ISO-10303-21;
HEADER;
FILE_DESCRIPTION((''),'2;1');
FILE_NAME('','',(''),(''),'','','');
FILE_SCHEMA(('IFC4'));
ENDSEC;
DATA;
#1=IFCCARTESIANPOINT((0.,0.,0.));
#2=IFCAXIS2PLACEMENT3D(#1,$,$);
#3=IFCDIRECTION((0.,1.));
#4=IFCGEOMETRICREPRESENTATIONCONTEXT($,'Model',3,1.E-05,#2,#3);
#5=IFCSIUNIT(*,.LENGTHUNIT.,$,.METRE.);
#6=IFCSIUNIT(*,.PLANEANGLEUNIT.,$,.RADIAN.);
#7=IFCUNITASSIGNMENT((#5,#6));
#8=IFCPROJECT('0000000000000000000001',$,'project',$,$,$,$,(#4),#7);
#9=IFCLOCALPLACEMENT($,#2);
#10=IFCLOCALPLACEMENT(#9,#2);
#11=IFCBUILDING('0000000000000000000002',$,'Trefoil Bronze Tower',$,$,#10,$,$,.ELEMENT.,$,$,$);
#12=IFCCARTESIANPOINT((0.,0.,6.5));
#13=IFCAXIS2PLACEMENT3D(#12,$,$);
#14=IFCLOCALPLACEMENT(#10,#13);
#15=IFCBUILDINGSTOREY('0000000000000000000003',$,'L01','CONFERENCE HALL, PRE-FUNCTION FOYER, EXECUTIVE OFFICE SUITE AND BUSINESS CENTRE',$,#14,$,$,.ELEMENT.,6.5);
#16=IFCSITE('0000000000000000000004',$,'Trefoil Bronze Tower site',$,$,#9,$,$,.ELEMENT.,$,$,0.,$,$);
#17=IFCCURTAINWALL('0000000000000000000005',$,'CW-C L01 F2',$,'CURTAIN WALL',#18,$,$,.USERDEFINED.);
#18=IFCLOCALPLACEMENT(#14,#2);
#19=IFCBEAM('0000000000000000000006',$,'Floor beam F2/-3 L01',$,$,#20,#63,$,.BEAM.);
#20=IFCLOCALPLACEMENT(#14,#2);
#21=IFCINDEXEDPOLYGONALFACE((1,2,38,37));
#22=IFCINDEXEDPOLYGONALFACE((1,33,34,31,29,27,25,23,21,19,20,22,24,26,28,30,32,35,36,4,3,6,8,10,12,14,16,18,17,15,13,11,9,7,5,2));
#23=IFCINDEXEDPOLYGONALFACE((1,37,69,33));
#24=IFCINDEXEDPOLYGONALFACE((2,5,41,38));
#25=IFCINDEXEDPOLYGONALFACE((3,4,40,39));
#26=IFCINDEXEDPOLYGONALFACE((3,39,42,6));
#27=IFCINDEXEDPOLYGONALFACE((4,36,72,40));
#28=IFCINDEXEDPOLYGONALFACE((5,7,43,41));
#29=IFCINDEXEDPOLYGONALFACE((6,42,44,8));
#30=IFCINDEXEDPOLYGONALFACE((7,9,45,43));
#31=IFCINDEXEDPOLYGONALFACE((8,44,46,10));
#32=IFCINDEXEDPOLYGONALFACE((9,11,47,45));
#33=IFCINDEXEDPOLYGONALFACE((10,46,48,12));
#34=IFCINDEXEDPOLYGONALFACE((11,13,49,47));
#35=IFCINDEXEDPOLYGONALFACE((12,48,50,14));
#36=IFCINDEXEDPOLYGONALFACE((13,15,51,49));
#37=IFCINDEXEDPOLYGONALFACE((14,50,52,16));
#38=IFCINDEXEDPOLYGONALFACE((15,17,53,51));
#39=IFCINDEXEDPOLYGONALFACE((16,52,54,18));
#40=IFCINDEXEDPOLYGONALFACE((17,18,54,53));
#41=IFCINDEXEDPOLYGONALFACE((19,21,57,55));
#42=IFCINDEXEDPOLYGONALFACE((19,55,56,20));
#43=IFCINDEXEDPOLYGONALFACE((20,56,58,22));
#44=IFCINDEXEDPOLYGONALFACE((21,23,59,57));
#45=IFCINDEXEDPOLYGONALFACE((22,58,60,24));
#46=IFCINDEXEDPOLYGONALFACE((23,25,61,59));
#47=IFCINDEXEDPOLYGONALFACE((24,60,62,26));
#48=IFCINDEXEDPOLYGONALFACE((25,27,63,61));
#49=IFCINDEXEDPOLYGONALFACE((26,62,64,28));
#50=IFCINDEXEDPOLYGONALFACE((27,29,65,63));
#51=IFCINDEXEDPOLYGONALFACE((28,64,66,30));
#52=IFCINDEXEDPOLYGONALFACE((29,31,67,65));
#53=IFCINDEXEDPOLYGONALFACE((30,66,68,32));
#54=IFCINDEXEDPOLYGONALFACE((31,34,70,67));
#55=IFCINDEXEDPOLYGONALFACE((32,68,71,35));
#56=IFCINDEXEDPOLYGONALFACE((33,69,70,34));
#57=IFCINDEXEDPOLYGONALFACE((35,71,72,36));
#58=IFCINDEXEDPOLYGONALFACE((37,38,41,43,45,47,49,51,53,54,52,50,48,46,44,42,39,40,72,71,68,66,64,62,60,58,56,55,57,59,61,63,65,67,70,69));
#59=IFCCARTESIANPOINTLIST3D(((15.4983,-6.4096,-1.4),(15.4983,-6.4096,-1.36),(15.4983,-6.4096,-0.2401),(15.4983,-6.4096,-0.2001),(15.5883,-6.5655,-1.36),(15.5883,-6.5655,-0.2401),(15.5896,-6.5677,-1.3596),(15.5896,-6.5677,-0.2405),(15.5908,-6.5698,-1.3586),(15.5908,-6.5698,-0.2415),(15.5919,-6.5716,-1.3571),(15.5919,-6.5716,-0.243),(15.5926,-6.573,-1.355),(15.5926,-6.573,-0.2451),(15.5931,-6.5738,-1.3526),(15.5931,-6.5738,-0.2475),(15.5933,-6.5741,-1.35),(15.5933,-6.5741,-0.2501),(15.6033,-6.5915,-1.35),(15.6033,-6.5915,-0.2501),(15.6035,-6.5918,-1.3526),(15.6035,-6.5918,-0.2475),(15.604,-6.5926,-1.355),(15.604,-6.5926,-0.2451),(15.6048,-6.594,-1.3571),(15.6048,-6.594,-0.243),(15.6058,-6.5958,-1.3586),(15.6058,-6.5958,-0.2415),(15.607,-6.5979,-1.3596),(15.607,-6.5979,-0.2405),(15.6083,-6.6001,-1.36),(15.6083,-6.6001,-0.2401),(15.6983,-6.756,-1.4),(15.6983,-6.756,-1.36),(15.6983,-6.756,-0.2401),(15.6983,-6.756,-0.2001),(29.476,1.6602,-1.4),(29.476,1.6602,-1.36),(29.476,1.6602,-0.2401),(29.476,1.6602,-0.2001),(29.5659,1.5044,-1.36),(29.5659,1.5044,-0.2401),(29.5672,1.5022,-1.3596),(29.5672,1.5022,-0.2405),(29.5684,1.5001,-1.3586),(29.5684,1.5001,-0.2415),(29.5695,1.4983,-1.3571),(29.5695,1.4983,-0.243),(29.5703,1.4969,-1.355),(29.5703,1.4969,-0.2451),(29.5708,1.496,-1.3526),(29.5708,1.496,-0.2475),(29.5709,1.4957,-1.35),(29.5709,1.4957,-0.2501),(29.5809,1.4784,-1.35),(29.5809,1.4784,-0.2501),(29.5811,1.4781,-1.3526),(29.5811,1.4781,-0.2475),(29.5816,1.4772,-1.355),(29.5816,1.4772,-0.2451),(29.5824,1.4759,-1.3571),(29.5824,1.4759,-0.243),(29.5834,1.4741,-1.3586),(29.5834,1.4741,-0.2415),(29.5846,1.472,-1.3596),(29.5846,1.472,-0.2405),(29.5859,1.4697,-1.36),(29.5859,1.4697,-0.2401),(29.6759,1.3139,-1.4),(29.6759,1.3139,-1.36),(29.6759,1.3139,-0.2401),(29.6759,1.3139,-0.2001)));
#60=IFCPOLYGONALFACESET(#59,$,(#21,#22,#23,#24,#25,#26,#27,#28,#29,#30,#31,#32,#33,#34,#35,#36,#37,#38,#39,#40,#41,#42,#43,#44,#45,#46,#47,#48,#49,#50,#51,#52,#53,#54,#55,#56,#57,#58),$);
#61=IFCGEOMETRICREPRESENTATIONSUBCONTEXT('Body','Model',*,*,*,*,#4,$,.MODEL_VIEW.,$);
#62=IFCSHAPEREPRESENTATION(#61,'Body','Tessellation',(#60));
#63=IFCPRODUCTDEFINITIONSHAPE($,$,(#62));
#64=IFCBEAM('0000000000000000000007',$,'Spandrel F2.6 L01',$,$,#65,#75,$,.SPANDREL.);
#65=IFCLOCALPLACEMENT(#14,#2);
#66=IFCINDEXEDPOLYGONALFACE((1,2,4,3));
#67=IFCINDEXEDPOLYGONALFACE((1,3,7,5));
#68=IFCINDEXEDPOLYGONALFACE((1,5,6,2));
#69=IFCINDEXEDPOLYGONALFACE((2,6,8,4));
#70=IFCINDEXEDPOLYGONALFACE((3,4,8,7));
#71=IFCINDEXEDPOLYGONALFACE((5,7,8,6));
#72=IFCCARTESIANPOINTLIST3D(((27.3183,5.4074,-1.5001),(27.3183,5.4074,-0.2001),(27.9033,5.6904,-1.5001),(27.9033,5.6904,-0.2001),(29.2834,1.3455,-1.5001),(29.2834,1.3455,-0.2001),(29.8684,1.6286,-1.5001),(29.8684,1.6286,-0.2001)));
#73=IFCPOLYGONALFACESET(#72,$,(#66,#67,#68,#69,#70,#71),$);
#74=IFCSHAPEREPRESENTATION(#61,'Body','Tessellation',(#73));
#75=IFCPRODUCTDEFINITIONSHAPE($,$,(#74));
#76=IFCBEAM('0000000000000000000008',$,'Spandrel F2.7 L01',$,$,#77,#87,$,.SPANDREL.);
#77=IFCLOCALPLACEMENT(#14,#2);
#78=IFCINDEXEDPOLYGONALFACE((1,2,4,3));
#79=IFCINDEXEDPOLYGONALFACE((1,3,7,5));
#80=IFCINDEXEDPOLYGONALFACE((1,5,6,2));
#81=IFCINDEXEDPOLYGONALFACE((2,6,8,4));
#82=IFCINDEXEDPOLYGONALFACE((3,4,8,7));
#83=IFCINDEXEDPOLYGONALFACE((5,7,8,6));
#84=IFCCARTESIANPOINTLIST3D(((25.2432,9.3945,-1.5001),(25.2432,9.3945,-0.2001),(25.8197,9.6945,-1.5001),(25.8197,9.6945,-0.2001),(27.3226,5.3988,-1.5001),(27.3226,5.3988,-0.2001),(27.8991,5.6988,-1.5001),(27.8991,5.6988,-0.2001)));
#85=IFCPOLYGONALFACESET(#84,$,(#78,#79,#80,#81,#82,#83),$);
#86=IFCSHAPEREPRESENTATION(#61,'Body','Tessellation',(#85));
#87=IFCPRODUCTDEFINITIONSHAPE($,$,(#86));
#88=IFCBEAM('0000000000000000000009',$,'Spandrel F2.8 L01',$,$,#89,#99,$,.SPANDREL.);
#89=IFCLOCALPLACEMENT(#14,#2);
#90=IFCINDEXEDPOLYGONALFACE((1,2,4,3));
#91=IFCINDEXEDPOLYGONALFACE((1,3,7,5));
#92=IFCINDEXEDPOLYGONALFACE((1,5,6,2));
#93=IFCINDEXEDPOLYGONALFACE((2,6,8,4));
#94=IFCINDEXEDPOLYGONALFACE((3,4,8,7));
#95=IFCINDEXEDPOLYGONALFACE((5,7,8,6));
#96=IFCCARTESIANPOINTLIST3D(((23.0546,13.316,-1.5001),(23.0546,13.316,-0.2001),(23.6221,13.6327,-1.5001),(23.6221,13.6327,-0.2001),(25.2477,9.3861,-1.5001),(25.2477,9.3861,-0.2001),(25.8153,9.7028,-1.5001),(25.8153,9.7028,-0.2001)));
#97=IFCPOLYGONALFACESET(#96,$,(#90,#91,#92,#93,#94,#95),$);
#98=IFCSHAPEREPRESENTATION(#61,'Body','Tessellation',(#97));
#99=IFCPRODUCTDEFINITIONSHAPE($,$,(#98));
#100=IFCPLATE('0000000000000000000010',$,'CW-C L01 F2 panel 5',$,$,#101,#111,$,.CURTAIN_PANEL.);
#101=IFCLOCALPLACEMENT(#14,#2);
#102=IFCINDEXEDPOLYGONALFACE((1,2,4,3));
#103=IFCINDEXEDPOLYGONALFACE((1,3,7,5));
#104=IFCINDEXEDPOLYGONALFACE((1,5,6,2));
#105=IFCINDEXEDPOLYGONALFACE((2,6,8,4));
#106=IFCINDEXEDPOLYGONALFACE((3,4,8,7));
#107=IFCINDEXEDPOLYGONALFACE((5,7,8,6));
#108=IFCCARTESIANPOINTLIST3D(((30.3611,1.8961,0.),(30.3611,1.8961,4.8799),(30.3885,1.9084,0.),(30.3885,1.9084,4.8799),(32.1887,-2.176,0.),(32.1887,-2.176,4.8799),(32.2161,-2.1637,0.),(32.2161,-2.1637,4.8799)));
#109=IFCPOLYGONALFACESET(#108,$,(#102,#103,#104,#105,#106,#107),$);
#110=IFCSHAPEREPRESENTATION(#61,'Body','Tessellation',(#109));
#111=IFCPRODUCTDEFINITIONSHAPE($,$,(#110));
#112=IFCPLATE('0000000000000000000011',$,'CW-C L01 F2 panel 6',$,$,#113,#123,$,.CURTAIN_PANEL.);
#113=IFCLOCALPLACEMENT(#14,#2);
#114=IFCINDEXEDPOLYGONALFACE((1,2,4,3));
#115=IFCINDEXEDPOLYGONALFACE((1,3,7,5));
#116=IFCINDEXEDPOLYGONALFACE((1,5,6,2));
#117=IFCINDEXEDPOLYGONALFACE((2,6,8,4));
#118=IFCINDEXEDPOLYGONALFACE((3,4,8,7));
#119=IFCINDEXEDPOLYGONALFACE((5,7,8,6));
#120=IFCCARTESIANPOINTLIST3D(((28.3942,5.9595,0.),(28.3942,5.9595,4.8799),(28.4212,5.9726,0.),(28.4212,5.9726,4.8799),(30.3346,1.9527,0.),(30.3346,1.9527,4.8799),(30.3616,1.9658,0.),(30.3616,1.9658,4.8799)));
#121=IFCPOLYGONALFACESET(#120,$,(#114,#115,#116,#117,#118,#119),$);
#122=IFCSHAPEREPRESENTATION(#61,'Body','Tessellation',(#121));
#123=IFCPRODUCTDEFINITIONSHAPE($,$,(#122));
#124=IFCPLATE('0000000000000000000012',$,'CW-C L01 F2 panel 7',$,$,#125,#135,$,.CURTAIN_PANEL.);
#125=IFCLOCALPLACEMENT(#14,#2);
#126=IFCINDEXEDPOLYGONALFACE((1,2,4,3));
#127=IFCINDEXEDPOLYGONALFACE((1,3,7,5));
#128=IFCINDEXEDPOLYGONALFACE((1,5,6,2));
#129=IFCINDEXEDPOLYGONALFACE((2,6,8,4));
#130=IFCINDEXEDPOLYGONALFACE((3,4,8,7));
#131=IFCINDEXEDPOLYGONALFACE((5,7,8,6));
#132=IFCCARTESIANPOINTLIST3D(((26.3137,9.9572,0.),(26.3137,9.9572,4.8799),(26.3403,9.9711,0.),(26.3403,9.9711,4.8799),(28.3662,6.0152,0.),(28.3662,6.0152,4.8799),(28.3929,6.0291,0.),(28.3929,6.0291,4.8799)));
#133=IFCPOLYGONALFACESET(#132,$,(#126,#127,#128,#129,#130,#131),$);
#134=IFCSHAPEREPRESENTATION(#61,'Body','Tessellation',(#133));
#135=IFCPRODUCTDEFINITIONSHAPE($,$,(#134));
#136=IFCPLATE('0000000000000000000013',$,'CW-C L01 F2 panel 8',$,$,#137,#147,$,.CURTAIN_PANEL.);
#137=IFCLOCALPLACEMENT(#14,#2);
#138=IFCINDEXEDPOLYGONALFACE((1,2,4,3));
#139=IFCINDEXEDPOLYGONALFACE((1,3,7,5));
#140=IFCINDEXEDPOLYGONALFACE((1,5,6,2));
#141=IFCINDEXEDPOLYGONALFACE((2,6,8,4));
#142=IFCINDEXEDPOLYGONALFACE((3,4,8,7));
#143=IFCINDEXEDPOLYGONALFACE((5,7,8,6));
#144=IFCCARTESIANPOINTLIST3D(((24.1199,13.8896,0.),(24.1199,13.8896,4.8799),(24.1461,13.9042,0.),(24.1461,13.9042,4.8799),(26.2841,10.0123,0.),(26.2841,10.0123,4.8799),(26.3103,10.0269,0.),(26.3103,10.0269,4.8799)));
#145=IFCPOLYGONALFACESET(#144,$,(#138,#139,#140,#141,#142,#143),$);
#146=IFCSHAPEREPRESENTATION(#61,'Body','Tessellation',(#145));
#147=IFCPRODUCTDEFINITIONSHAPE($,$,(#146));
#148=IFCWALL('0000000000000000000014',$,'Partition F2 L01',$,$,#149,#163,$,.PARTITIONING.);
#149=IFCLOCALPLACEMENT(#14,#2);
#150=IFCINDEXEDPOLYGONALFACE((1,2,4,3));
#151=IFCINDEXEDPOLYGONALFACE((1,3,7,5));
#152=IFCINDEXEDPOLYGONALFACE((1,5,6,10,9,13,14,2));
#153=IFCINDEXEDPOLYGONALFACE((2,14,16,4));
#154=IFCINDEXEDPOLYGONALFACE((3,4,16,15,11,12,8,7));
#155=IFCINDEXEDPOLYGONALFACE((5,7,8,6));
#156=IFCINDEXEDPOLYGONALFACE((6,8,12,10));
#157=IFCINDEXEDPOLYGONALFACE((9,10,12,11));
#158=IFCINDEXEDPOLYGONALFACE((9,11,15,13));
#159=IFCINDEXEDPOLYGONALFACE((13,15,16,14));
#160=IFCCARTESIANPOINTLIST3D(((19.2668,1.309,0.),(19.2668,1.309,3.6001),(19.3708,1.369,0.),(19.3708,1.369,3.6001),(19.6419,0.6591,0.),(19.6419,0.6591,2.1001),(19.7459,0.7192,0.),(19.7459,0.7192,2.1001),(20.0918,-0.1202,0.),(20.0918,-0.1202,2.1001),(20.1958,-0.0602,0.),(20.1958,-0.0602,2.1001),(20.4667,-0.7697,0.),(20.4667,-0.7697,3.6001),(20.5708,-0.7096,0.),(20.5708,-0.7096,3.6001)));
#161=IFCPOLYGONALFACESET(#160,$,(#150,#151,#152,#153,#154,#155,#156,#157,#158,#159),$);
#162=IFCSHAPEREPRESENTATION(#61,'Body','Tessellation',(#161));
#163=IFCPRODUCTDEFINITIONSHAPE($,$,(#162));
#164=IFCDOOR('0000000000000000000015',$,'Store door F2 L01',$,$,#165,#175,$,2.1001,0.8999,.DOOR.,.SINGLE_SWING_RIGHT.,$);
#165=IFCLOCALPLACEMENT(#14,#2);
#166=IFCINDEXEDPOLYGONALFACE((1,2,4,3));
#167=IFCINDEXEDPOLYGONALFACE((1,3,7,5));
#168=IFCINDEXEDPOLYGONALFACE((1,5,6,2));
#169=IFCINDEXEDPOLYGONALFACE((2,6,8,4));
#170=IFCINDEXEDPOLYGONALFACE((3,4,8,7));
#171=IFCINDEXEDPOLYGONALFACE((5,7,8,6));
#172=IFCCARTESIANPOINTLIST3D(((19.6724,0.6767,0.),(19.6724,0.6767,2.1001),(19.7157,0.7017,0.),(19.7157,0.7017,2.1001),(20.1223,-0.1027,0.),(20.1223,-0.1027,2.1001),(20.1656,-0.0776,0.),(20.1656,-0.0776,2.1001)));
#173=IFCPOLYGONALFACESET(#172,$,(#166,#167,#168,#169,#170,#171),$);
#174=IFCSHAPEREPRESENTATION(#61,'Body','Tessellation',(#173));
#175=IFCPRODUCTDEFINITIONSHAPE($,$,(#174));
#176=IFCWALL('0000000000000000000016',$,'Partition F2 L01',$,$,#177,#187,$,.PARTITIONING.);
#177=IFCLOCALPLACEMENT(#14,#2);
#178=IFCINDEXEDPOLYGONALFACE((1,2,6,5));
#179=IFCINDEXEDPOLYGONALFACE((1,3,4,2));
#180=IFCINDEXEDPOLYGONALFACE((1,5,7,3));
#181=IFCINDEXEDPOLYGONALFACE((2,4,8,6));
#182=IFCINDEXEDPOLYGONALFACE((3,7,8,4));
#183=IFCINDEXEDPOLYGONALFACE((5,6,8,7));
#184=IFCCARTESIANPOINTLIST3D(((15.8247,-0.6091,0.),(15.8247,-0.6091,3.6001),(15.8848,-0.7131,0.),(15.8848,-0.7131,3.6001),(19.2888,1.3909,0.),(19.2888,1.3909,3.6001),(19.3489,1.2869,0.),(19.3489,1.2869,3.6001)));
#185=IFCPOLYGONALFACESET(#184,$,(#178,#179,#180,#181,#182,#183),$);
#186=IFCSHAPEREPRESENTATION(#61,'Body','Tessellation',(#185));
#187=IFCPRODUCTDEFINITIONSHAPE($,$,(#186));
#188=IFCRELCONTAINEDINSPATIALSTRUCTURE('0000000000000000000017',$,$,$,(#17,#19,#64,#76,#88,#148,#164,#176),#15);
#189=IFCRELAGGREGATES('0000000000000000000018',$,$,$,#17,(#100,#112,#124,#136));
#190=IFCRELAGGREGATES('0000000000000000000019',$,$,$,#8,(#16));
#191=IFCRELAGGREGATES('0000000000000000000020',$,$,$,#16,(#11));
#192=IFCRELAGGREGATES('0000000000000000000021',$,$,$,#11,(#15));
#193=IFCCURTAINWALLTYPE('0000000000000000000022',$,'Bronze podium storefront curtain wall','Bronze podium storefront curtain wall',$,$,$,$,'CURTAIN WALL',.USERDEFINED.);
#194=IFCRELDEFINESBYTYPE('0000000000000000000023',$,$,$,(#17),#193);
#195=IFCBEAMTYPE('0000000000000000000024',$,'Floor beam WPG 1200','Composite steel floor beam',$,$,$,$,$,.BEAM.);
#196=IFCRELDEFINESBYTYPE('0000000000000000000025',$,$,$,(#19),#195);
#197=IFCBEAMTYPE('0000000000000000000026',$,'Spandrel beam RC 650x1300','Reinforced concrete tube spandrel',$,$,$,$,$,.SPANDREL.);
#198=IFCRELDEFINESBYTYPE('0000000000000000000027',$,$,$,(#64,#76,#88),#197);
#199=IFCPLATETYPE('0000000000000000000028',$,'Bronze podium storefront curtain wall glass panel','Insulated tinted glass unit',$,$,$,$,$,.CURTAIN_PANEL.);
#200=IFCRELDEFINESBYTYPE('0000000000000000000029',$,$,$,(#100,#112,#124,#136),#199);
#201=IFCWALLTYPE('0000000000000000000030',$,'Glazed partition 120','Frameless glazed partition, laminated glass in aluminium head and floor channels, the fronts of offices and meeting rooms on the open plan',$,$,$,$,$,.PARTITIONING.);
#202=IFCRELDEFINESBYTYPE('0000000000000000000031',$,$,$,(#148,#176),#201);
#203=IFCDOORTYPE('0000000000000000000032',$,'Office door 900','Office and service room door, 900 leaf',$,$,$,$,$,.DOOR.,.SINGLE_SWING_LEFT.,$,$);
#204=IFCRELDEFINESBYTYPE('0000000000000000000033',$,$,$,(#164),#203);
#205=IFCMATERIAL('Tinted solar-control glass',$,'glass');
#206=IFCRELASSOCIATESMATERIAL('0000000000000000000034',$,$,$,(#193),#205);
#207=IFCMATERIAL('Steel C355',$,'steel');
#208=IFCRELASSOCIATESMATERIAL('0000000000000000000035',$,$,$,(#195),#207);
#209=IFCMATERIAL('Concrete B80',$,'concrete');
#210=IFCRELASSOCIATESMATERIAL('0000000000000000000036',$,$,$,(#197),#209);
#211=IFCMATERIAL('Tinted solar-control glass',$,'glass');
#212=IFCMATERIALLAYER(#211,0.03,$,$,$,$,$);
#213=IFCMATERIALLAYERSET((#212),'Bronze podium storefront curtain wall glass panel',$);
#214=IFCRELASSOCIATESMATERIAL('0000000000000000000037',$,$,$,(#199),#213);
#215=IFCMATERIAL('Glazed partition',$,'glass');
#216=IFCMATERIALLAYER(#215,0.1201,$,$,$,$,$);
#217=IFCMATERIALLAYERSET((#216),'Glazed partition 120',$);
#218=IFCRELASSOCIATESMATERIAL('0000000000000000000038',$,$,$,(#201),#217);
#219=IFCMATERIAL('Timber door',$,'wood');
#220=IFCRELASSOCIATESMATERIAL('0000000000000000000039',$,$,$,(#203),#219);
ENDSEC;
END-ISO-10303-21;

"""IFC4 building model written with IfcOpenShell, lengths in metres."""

from ifc_helpers import new_model, si_unit, direction, frame, frame_2d, origin, origin_2d, place, context, subcontext, project, spatial, rectangle, i_section, extrude, material, layer, layer_set, material_profile, profile_set, type_object, element, fill, aggregate, save


model = new_model("IFC4")

# Units and contexts
model_context = context("Model", 3, precision=1e-05, world=origin(), true_north=direction((0.0, 1.0)))
body_context = subcontext(model_context, "Body", "Model", "MODEL_VIEW")
ifc_project = project(units=[si_unit("LENGTHUNIT", "METRE"), si_unit("PLANEANGLEUNIT", "RADIAN")], contexts=[model_context])

# Site, building, storey
site_placement = place(None, origin())
site = spatial("IfcSite", under=ifc_project, at=site_placement, Name="Trefoil Bronze Tower site", CompositionType="ELEMENT", RefElevation=0.0)
building_placement = place(site_placement, origin())
building = spatial("IfcBuilding", under=site, at=building_placement, Name="Trefoil Bronze Tower", CompositionType="ELEMENT")
storey_placement = place(building_placement, frame((0.0, 0.0, 6.5)))
storey = spatial("IfcBuildingStorey", under=building, at=storey_placement, Name="L01", Description="CONFERENCE HALL, PRE-FUNCTION FOYER, EXECUTIVE OFFICE SUITE AND BUSINESS CENTRE", CompositionType="ELEMENT", Elevation=6.5)

# Curtain wall
ifc_material_1 = material(Name="Tinted solar-control glass", Category="glass")
curtain_wall_type = type_object("IfcCurtainWallType", Name="Bronze podium storefront curtain wall", Description="Bronze podium storefront curtain wall", ElementType="CURTAIN WALL", PredefinedType="USERDEFINED", material=ifc_material_1)
curtain_wall_placement = place(storey_placement, origin())
curtain_wall = element("IfcCurtainWall", 1, at=curtain_wall_placement, inside=storey, type_object=curtain_wall_type, Name="CW-C L01 F2", ObjectType="CURTAIN WALL", PredefinedType="USERDEFINED")

# Beams
ifc_material_2 = material(Name="Steel C355", Category="steel")
ifc_material_profile_1 = material_profile(ifc_material_2, i_section(OverallWidth=0.3999, OverallDepth=1.2, WebThickness=0.02, FlangeThickness=0.04, FilletRadius=0.01, at=origin_2d()), Name="WPG 1200")
ifc_profile_set_1 = profile_set([ifc_material_profile_1], Name="Steel C355")
beam_type_1 = type_object("IfcBeamType", Name="Floor beam WPG 1200", Description="Composite steel floor beam", PredefinedType="BEAM", material=ifc_profile_set_1)
beam_1_placement = place(storey_placement, frame((29.5759, 1.4871, -0.8), z_axis=(-0.866028, -0.499995, 0.0), x_axis=(0.499995, -0.866028, 0.0)))
element("IfcBeam", 2, at=beam_1_placement, inside=storey, type_object=beam_type_1, Name="Floor beam F2/-3 L01", PredefinedType="BEAM", context=body_context, shape_type="SweptSolid", body=[
    extrude(i_section(OverallWidth=0.3999, OverallDepth=1.2, WebThickness=0.02, FlangeThickness=0.04, FilletRadius=0.01, at=origin_2d()), origin(), (0.0, 0.0, 1.0), 16.1399),
])
ifc_material_3 = material(Name="Concrete B80", Category="concrete")
ifc_material_profile_2 = material_profile(ifc_material_3, rectangle(XDim=0.6499, YDim=1.3, at=origin_2d()), Name="RC 650x1300")
ifc_profile_set_2 = profile_set([ifc_material_profile_2], Name="Concrete B80")
beam_type_2 = type_object("IfcBeamType", Name="Spandrel beam RC 650x1300", Description="Reinforced concrete tube spandrel", PredefinedType="SPANDREL", material=ifc_profile_set_2)
beam_2_placement = place(storey_placement, frame((29.5759, 1.4871, -0.8501), z_axis=(-0.43551, 0.900184, 0.0), x_axis=(-0.900184, -0.43551, 0.0)))
element("IfcBeam", 3, at=beam_2_placement, inside=storey, type_object=beam_type_2, Name="Spandrel F2.6 L01", PredefinedType="SPANDREL", context=body_context, shape_type="SweptSolid", body=[
    extrude(rectangle(XDim=0.6499, YDim=1.3, at=origin_2d()), origin(), (0.0, 0.0, 1.0), 4.5122),
])
beam_3_placement = place(storey_placement, frame((27.6108, 5.5488, -0.8501), z_axis=(-0.461638, 0.887069, 0.0), x_axis=(-0.887069, -0.461638, 0.0)))
element("IfcBeam", 4, at=beam_3_placement, inside=storey, type_object=beam_type_2, Name="Spandrel F2.7 L01", PredefinedType="SPANDREL", context=body_context, shape_type="SweptSolid", body=[
    extrude(rectangle(XDim=0.6499, YDim=1.3, at=origin_2d()), origin(), (0.0, 0.0, 1.0), 4.5044),
])
beam_4_placement = place(storey_placement, frame((25.5315, 9.5444, -0.8501), z_axis=(-0.487309, 0.873229, 0.0), x_axis=(-0.873229, -0.487309, 0.0)))
element("IfcBeam", 5, at=beam_4_placement, inside=storey, type_object=beam_type_2, Name="Spandrel F2.8 L01", PredefinedType="SPANDREL", context=body_context, shape_type="SweptSolid", body=[
    extrude(rectangle(XDim=0.6499, YDim=1.3, at=origin_2d()), origin(), (0.0, 0.0, 1.0), 4.5005),
])

# Plates
ifc_material_4 = material(Name="Tinted solar-control glass", Category="glass")
ifc_layer_1 = layer(ifc_material_4, 0.03)
ifc_layer_set_1 = layer_set([ifc_layer_1], Name="Bronze podium storefront curtain wall glass panel")
plate_type = type_object("IfcPlateType", Name="Bronze podium storefront curtain wall glass panel", Description="Insulated tinted glass unit", PredefinedType="CURTAIN_PANEL", material=ifc_layer_set_1)
plate_1_placement = place(storey_placement, frame((31.2886, -0.1338, 0.0), z_axis=(0.0, 0.0, 1.0), x_axis=(-0.409456, 0.91233, 0.0)))
plate_1 = element("IfcPlate", 6, at=plate_1_placement, type_object=plate_type, Name="CW-C L01 F2 panel 5", PredefinedType="CURTAIN_PANEL", context=body_context, shape_type="SweptSolid", body=[
    extrude(rectangle(XDim=4.4634, YDim=0.03, at=origin_2d()), origin(), (0.0, 0.0, 1.0), 4.8799),
])
plate_2_placement = place(storey_placement, frame((29.3779, 3.9626, 0.0), z_axis=(0.0, 0.0, 1.0), x_axis=(-0.435855, 0.900017, 0.0)))
plate_2 = element("IfcPlate", 7, at=plate_2_placement, type_object=plate_type, Name="CW-C L01 F2 panel 6", PredefinedType="CURTAIN_PANEL", context=body_context, shape_type="SweptSolid", body=[
    extrude(rectangle(XDim=4.4519, YDim=0.03, at=origin_2d()), origin(), (0.0, 0.0, 1.0), 4.8799),
])
plate_3_placement = place(storey_placement, frame((27.3533, 7.9932, 0.0), z_axis=(0.0, 0.0, 1.0), x_axis=(-0.46183, 0.886969, 0.0)))
plate_3 = element("IfcPlate", 8, at=plate_3_placement, type_object=plate_type, Name="CW-C L01 F2 panel 7", PredefinedType="CURTAIN_PANEL", context=body_context, shape_type="SweptSolid", body=[
    extrude(rectangle(XDim=4.4443, YDim=0.03, at=origin_2d()), origin(), (0.0, 0.0, 1.0), 4.8799),
])
plate_4_placement = place(storey_placement, frame((25.2151, 11.9583, 0.0), z_axis=(0.0, 0.0, 1.0), x_axis=(-0.487382, 0.873189, 0.0)))
plate_4 = element("IfcPlate", 9, at=plate_4_placement, type_object=plate_type, Name="CW-C L01 F2 panel 8", PredefinedType="CURTAIN_PANEL", context=body_context, shape_type="SweptSolid", body=[
    extrude(rectangle(XDim=4.4404, YDim=0.03, at=origin_2d()), origin(), (0.0, 0.0, 1.0), 4.8799),
])
aggregate(curtain_wall, [plate_1, plate_2, plate_3, plate_4])

# Wall, opening, door
ifc_material_5 = material(Name="Glazed partition", Category="glass")
ifc_layer_2 = layer(ifc_material_5, 0.1201)
ifc_layer_set_2 = layer_set([ifc_layer_2], Name="Glazed partition 120")
wall_type_1 = type_object("IfcWallType", Name="Glazed partition 120", Description="Frameless glazed partition, laminated glass in aluminium head and floor channels, the fronts of offices and meeting rooms on the open plan", PredefinedType="PARTITIONING", material=ifc_layer_set_2)
wall_1_placement = place(storey_placement, frame((20.5188, -0.7397, 0.0), z_axis=(0.0, 0.0, 1.0), x_axis=(-0.499957, 0.86605, 0.0)))
wall_1 = element("IfcWall", 10, at=wall_1_placement, inside=storey, type_object=wall_type_1, Name="Partition F2 L01", PredefinedType="PARTITIONING", context=body_context, shape_type="SweptSolid", body=[
    extrude(rectangle(XDim=2.4001, YDim=0.1201, at=frame_2d((1.2002, 0.0))), origin(), (0.0, 0.0, 1.0), 3.6001),
])
opening_placement = place(wall_1_placement, frame((0.75, 0.0, 0.0)))
opening = element("IfcOpeningElement", 11, at=opening_placement, cuts=wall_1, PredefinedType="OPENING", context=body_context, shape_type="SweptSolid", body=[
    extrude(rectangle(XDim=0.8999, YDim=2.1001, at=frame_2d((0.45, 1.05))), frame((0.0, 0.0701, 0.0), z_axis=(0.0, -1.0, 0.0), x_axis=(1.0, 0.0, 0.0)), (0.0, 0.0, 1.0), 0.1401),
])
ifc_material_6 = material(Name="Timber door", Category="wood")
door_type = type_object("IfcDoorType", Name="Office door 900", Description="Office and service room door, 900 leaf", OperationType="SINGLE_SWING_LEFT", PredefinedType="DOOR", material=ifc_material_6)
door_placement = place(opening_placement, origin())
door = element("IfcDoor", 12, at=door_placement, inside=storey, type_object=door_type, Name="Store door F2 L01", OperationType="SINGLE_SWING_RIGHT", OverallHeight=2.1001, OverallWidth=0.8999, PredefinedType="DOOR", context=body_context, shape_type="SweptSolid", body=[
    extrude(rectangle(XDim=0.8999, YDim=2.1001, at=frame_2d((0.45, 1.05))), frame((0.0, 0.0249, 0.0), z_axis=(0.0, -1.0, 0.0), x_axis=(1.0, 0.0, 0.0)), (0.0, 0.0, 1.0), 0.05),
])
fill(opening, door)

# Wall
wall_2_placement = place(storey_placement, frame((15.8547, -0.6611, 0.0), z_axis=(0.0, 0.0, 1.0), x_axis=(0.866026, 0.499999, 0.0)))
element("IfcWall", 13, at=wall_2_placement, inside=storey, type_object=wall_type_1, Name="Partition F2 L01", PredefinedType="PARTITIONING", context=body_context, shape_type="SweptSolid", body=[
    extrude(rectangle(XDim=4.0, YDim=0.1201, at=frame_2d((2.0, 0.0))), origin(), (0.0, 0.0, 1.0), 3.6001),
])

save(model, "model.ifc")
